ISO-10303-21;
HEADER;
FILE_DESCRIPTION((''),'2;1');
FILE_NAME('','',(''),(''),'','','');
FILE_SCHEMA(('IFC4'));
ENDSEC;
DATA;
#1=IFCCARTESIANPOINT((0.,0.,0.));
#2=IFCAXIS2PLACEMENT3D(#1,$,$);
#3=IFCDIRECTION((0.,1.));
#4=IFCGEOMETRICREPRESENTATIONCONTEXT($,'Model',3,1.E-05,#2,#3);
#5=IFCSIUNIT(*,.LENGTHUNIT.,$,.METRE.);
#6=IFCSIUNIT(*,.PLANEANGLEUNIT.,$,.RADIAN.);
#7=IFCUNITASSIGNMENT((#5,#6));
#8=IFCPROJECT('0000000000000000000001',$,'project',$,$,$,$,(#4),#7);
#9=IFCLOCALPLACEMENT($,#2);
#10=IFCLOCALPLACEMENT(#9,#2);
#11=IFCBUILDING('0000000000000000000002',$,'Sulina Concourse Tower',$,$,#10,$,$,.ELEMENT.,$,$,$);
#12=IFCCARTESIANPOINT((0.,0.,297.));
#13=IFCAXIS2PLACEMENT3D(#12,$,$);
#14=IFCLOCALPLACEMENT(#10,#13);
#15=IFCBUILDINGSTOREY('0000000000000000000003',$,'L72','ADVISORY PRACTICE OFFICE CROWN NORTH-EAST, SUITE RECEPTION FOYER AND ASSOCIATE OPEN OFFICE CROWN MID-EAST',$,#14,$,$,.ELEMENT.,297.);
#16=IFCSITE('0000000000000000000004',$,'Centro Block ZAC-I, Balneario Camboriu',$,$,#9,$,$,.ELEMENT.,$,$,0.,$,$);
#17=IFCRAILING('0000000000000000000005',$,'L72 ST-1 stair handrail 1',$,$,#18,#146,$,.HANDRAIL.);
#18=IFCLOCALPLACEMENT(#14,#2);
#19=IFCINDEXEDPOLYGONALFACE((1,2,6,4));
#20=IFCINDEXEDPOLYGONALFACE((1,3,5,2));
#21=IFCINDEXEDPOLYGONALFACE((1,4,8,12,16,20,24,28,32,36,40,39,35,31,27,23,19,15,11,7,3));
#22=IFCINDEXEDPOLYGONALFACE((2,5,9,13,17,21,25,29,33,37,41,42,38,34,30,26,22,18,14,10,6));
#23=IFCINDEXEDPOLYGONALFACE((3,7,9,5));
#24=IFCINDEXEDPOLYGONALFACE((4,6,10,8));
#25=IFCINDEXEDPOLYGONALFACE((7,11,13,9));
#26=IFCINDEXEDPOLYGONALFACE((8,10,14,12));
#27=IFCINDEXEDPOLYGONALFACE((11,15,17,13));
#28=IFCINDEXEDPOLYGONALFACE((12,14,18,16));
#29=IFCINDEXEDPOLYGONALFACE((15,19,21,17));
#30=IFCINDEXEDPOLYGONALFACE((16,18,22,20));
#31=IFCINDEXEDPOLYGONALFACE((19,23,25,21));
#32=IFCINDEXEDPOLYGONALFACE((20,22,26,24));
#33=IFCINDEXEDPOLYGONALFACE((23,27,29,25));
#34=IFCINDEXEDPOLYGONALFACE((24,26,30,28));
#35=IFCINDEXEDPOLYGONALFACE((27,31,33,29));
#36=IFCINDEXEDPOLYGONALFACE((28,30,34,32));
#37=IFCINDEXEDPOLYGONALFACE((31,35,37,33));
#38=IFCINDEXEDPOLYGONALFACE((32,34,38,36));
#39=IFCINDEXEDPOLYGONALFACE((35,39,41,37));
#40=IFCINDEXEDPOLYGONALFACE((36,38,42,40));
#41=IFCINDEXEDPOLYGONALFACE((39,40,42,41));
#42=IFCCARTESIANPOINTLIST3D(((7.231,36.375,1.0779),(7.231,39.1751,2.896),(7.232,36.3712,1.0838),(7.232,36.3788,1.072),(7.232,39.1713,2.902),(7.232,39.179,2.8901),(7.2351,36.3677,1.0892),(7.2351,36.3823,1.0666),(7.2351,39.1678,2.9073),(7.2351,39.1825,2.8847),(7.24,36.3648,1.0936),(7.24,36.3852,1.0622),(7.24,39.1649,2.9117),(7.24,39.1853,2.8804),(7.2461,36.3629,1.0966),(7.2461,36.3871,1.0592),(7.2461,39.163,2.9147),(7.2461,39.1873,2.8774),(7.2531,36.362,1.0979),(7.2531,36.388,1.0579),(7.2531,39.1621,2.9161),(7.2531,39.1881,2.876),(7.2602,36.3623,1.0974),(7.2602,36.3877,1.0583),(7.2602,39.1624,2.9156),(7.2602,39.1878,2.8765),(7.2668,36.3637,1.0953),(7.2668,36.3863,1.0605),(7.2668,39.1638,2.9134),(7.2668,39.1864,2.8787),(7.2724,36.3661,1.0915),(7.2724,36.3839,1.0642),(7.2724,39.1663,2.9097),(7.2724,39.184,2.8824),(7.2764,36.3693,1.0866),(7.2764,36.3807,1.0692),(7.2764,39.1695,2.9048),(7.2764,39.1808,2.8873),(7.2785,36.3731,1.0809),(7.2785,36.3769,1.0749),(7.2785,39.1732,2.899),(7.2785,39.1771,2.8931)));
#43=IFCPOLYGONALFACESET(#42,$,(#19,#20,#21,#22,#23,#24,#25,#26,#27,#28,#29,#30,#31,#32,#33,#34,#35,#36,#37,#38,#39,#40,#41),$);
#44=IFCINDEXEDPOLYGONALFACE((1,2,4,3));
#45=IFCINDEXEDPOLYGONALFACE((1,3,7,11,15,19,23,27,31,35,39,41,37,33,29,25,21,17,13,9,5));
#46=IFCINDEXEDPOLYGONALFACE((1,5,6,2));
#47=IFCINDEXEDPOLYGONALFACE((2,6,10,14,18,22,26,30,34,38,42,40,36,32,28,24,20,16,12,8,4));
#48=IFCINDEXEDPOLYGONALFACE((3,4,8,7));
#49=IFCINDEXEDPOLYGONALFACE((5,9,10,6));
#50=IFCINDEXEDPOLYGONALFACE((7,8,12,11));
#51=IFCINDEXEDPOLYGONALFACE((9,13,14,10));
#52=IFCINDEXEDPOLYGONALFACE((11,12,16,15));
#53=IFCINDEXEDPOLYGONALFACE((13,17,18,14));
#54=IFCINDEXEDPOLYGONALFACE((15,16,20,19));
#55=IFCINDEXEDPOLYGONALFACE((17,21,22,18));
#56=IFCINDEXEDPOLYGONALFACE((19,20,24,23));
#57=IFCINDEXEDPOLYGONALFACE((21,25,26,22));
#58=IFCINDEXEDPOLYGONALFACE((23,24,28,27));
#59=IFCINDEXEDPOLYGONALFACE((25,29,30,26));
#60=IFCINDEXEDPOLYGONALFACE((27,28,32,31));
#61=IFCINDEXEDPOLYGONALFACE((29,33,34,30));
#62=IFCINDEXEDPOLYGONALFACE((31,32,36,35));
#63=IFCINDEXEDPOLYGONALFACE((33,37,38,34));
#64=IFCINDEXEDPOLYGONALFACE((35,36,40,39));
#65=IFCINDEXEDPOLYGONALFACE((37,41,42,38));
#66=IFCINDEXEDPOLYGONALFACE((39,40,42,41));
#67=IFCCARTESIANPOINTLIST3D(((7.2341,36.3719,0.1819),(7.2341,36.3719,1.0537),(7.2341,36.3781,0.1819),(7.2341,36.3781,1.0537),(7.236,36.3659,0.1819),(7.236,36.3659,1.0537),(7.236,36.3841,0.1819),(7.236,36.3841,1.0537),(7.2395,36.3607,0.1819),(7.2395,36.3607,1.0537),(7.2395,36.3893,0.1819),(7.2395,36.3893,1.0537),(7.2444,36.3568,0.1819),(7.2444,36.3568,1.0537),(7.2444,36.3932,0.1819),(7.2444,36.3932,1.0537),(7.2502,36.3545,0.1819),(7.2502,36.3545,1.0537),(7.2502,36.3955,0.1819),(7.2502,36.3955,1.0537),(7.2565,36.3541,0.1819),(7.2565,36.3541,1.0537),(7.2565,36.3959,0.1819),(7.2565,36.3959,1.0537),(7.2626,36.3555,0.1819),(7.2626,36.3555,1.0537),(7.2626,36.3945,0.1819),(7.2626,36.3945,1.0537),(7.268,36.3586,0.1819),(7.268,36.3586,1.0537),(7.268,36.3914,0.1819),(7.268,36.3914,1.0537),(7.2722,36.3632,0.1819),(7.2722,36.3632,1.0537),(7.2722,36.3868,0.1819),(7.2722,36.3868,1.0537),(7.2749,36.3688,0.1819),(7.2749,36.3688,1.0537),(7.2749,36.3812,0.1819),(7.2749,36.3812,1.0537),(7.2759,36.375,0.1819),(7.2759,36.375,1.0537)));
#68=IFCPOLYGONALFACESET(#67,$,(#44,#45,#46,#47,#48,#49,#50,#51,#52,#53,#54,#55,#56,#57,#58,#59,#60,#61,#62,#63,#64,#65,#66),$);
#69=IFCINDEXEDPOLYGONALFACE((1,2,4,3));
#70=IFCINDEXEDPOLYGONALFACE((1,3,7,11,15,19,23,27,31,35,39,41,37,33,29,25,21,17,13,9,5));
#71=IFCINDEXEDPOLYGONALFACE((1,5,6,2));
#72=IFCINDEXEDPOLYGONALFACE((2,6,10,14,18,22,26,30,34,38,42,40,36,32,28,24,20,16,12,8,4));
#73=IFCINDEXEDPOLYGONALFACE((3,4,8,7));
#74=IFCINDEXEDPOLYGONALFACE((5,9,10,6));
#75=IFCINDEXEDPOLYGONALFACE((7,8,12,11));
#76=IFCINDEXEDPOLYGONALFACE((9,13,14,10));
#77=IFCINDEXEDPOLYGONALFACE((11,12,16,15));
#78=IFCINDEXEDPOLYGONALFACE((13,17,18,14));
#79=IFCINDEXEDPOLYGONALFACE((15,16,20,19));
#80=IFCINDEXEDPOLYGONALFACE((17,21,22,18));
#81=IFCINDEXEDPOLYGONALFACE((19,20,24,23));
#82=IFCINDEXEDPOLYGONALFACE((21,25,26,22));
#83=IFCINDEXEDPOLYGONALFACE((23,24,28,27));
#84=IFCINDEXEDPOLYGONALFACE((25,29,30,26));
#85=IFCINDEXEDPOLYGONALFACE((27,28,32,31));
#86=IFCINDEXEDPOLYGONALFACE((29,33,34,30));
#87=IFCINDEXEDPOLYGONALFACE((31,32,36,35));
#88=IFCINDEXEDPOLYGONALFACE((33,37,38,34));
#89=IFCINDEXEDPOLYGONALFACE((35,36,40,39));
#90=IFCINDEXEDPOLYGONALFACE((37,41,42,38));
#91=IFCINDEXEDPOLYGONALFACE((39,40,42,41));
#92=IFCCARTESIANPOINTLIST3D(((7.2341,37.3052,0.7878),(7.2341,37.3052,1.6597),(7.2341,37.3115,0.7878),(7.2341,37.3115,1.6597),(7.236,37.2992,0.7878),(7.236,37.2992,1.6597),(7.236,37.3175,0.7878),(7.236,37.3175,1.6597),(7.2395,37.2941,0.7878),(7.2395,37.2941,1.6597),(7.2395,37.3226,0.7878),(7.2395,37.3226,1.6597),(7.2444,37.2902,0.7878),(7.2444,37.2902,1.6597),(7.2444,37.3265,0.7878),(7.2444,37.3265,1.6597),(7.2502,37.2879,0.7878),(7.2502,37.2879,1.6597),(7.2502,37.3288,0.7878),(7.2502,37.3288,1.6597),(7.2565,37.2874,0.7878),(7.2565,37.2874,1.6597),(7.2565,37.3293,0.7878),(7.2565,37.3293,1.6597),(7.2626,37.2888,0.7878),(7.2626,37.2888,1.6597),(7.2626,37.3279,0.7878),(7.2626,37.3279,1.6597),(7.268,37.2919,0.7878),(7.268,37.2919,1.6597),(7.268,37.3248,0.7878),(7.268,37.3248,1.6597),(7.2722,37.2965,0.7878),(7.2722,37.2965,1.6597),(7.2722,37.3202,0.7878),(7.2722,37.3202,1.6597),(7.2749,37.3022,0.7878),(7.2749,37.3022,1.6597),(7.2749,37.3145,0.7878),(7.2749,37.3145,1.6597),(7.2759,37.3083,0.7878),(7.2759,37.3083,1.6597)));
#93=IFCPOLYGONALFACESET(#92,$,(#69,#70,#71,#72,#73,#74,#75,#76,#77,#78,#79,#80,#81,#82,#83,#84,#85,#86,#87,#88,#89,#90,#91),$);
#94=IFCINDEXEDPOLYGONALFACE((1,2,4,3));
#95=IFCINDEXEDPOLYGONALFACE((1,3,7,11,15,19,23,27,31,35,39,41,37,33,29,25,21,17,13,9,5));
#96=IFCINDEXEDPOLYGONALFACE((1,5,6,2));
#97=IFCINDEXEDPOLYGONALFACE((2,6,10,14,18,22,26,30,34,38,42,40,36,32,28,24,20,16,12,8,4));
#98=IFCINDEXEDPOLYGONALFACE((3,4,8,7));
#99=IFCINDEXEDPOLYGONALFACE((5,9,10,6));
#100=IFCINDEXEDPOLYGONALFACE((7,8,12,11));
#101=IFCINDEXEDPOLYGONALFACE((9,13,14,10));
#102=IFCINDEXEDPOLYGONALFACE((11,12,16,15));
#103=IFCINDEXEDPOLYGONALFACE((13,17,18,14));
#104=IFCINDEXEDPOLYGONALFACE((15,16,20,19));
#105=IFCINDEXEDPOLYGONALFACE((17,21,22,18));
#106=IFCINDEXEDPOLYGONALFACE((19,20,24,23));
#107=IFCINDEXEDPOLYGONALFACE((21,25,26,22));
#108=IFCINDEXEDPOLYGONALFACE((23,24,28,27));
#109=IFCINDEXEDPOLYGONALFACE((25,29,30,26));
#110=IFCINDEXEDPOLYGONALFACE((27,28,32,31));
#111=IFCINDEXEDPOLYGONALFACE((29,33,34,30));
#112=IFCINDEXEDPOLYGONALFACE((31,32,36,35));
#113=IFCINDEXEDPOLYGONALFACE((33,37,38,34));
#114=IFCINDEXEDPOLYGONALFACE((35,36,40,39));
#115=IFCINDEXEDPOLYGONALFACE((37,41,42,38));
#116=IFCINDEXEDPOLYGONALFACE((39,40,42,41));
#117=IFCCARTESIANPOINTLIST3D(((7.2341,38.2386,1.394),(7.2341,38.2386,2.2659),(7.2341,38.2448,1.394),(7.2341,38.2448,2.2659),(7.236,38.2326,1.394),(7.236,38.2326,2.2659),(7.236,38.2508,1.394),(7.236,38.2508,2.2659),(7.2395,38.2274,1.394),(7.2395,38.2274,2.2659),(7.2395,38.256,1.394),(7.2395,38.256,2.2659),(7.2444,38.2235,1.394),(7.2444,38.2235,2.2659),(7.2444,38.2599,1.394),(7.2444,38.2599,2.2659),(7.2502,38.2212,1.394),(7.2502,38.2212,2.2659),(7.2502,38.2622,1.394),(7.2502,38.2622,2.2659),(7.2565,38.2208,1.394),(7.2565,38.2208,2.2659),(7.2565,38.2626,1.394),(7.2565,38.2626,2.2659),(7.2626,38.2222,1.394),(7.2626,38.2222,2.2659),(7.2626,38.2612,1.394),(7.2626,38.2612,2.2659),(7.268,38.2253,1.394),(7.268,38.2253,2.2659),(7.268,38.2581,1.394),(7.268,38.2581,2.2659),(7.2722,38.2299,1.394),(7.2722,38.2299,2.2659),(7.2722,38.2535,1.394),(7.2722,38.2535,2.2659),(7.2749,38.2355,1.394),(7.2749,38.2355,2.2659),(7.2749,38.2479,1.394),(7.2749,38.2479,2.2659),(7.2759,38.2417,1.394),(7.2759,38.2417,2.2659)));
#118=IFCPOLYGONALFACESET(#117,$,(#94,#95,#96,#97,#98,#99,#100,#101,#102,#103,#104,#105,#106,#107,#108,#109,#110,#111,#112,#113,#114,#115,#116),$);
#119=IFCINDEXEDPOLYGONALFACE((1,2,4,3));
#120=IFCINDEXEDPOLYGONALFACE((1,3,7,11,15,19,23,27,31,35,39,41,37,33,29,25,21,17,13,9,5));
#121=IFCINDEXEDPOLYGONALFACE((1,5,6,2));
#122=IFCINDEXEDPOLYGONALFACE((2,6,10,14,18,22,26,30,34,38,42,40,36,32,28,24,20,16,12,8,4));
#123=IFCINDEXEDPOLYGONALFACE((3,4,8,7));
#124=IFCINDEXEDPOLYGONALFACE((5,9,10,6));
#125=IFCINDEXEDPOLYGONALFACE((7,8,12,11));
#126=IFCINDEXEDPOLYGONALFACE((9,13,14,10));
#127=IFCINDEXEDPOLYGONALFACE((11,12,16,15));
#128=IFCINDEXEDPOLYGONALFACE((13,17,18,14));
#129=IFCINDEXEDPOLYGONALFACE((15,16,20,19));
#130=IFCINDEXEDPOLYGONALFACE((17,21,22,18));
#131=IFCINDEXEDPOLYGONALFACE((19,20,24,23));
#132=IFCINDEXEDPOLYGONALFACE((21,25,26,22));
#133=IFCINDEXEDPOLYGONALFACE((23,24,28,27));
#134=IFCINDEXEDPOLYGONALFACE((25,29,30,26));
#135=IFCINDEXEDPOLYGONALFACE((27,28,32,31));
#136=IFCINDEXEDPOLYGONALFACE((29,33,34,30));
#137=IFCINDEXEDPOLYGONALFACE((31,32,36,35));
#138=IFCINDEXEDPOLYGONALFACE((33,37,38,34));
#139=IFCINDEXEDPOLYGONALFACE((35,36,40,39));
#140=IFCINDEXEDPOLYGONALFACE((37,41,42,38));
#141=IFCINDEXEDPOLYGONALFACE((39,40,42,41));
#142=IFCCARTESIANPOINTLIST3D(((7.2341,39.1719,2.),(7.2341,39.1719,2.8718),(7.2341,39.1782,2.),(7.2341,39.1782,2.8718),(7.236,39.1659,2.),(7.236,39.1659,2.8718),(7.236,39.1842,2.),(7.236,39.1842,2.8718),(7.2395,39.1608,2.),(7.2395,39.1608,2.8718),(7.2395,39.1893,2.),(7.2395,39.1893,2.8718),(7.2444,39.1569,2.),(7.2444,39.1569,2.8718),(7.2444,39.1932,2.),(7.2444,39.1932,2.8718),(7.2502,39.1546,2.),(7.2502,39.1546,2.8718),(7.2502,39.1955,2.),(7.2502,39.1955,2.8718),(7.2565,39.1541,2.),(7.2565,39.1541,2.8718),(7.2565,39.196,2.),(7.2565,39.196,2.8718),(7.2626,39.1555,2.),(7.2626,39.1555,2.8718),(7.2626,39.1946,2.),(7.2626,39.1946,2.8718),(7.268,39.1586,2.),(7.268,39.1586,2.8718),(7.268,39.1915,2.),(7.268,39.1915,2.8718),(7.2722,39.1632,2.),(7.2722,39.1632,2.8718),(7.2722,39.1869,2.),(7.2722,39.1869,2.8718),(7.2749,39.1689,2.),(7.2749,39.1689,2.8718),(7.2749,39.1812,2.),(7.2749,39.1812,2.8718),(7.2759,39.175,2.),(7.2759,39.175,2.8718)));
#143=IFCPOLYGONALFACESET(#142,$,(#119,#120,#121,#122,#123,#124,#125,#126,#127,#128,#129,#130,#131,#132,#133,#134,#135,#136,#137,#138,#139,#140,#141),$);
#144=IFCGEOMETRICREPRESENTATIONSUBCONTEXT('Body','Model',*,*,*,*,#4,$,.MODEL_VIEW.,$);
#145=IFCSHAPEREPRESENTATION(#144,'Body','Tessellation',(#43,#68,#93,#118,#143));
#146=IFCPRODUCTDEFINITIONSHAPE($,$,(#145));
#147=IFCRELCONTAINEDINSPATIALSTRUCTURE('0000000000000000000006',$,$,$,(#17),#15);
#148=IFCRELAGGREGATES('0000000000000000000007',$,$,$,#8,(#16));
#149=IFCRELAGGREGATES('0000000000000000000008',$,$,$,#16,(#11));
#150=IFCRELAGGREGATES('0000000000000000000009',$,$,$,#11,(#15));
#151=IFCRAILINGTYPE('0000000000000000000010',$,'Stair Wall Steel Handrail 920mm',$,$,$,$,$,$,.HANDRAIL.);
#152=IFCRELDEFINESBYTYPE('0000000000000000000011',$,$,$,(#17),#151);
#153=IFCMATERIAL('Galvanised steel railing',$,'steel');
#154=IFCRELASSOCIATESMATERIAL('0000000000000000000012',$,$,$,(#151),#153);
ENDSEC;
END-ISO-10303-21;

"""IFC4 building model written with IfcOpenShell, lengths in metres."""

from ifc_helpers import new_model, si_unit, direction, frame, origin, origin_2d, place, context, subcontext, project, spatial, circle, extrude, material, type_object, element, save


model = new_model("IFC4")

# Units and contexts
model_context = context("Model", 3, precision=1e-05, world=origin(), true_north=direction((0.0, 1.0)))
body_context = subcontext(model_context, "Body", "Model", "MODEL_VIEW")
ifc_project = project(units=[si_unit("LENGTHUNIT", "METRE"), si_unit("PLANEANGLEUNIT", "RADIAN")], contexts=[model_context])

# Site, building, storey
site_placement = place(None, origin())
site = spatial("IfcSite", under=ifc_project, at=site_placement, Name="Centro Block ZAC-I, Balneario Camboriu", CompositionType="ELEMENT", RefElevation=0.0)
building_placement = place(site_placement, origin())
building = spatial("IfcBuilding", under=site, at=building_placement, Name="Sulina Concourse Tower", CompositionType="ELEMENT")
storey_placement = place(building_placement, frame((0.0, 0.0, 297.0)))
storey = spatial("IfcBuildingStorey", under=building, at=storey_placement, Name="L72", Description="ADVISORY PRACTICE OFFICE CROWN NORTH-EAST, SUITE RECEPTION FOYER AND ASSOCIATE OPEN OFFICE CROWN MID-EAST", CompositionType="ELEMENT", Elevation=297.0)

# Railing
ifc_material_1 = material(Name="Galvanised steel railing", Category="steel")
railing_type_1 = type_object("IfcRailingType", Name="Stair Wall Steel Handrail 920mm", PredefinedType="HANDRAIL", material=ifc_material_1)
railing_1_placement = place(storey_placement, frame((7.2549, 36.375, 0.1819)))
element("IfcRailing", 1, at=railing_1_placement, inside=storey, type_object=railing_type_1, Name="L72 ST-1 stair handrail 1", PredefinedType="HANDRAIL", context=body_context, shape_type="SweptSolid", body=[
    extrude(circle(Radius=0.0239, at=origin_2d()), frame((0.0, 0.0, 0.896), z_axis=(0.0, 0.838706, 0.544585), x_axis=(-1.0, 0.0, 0.0)), (0.0, 0.0, 1.0), 3.3386),
    extrude(circle(Radius=0.021, at=origin_2d()), origin(), (0.0, 0.0, 1.0), 0.8718),
    extrude(circle(Radius=0.021, at=origin_2d()), frame((0.0, 0.9333, 0.606)), (0.0, 0.0, 1.0), 0.8718),
    extrude(circle(Radius=0.021, at=origin_2d()), frame((0.0, 1.8667, 1.2122)), (0.0, 0.0, 1.0), 0.8718),
    extrude(circle(Radius=0.021, at=origin_2d()), frame((0.0, 2.8, 1.8181)), (0.0, 0.0, 1.0), 0.8718),
])

save(model, "model.ifc")
